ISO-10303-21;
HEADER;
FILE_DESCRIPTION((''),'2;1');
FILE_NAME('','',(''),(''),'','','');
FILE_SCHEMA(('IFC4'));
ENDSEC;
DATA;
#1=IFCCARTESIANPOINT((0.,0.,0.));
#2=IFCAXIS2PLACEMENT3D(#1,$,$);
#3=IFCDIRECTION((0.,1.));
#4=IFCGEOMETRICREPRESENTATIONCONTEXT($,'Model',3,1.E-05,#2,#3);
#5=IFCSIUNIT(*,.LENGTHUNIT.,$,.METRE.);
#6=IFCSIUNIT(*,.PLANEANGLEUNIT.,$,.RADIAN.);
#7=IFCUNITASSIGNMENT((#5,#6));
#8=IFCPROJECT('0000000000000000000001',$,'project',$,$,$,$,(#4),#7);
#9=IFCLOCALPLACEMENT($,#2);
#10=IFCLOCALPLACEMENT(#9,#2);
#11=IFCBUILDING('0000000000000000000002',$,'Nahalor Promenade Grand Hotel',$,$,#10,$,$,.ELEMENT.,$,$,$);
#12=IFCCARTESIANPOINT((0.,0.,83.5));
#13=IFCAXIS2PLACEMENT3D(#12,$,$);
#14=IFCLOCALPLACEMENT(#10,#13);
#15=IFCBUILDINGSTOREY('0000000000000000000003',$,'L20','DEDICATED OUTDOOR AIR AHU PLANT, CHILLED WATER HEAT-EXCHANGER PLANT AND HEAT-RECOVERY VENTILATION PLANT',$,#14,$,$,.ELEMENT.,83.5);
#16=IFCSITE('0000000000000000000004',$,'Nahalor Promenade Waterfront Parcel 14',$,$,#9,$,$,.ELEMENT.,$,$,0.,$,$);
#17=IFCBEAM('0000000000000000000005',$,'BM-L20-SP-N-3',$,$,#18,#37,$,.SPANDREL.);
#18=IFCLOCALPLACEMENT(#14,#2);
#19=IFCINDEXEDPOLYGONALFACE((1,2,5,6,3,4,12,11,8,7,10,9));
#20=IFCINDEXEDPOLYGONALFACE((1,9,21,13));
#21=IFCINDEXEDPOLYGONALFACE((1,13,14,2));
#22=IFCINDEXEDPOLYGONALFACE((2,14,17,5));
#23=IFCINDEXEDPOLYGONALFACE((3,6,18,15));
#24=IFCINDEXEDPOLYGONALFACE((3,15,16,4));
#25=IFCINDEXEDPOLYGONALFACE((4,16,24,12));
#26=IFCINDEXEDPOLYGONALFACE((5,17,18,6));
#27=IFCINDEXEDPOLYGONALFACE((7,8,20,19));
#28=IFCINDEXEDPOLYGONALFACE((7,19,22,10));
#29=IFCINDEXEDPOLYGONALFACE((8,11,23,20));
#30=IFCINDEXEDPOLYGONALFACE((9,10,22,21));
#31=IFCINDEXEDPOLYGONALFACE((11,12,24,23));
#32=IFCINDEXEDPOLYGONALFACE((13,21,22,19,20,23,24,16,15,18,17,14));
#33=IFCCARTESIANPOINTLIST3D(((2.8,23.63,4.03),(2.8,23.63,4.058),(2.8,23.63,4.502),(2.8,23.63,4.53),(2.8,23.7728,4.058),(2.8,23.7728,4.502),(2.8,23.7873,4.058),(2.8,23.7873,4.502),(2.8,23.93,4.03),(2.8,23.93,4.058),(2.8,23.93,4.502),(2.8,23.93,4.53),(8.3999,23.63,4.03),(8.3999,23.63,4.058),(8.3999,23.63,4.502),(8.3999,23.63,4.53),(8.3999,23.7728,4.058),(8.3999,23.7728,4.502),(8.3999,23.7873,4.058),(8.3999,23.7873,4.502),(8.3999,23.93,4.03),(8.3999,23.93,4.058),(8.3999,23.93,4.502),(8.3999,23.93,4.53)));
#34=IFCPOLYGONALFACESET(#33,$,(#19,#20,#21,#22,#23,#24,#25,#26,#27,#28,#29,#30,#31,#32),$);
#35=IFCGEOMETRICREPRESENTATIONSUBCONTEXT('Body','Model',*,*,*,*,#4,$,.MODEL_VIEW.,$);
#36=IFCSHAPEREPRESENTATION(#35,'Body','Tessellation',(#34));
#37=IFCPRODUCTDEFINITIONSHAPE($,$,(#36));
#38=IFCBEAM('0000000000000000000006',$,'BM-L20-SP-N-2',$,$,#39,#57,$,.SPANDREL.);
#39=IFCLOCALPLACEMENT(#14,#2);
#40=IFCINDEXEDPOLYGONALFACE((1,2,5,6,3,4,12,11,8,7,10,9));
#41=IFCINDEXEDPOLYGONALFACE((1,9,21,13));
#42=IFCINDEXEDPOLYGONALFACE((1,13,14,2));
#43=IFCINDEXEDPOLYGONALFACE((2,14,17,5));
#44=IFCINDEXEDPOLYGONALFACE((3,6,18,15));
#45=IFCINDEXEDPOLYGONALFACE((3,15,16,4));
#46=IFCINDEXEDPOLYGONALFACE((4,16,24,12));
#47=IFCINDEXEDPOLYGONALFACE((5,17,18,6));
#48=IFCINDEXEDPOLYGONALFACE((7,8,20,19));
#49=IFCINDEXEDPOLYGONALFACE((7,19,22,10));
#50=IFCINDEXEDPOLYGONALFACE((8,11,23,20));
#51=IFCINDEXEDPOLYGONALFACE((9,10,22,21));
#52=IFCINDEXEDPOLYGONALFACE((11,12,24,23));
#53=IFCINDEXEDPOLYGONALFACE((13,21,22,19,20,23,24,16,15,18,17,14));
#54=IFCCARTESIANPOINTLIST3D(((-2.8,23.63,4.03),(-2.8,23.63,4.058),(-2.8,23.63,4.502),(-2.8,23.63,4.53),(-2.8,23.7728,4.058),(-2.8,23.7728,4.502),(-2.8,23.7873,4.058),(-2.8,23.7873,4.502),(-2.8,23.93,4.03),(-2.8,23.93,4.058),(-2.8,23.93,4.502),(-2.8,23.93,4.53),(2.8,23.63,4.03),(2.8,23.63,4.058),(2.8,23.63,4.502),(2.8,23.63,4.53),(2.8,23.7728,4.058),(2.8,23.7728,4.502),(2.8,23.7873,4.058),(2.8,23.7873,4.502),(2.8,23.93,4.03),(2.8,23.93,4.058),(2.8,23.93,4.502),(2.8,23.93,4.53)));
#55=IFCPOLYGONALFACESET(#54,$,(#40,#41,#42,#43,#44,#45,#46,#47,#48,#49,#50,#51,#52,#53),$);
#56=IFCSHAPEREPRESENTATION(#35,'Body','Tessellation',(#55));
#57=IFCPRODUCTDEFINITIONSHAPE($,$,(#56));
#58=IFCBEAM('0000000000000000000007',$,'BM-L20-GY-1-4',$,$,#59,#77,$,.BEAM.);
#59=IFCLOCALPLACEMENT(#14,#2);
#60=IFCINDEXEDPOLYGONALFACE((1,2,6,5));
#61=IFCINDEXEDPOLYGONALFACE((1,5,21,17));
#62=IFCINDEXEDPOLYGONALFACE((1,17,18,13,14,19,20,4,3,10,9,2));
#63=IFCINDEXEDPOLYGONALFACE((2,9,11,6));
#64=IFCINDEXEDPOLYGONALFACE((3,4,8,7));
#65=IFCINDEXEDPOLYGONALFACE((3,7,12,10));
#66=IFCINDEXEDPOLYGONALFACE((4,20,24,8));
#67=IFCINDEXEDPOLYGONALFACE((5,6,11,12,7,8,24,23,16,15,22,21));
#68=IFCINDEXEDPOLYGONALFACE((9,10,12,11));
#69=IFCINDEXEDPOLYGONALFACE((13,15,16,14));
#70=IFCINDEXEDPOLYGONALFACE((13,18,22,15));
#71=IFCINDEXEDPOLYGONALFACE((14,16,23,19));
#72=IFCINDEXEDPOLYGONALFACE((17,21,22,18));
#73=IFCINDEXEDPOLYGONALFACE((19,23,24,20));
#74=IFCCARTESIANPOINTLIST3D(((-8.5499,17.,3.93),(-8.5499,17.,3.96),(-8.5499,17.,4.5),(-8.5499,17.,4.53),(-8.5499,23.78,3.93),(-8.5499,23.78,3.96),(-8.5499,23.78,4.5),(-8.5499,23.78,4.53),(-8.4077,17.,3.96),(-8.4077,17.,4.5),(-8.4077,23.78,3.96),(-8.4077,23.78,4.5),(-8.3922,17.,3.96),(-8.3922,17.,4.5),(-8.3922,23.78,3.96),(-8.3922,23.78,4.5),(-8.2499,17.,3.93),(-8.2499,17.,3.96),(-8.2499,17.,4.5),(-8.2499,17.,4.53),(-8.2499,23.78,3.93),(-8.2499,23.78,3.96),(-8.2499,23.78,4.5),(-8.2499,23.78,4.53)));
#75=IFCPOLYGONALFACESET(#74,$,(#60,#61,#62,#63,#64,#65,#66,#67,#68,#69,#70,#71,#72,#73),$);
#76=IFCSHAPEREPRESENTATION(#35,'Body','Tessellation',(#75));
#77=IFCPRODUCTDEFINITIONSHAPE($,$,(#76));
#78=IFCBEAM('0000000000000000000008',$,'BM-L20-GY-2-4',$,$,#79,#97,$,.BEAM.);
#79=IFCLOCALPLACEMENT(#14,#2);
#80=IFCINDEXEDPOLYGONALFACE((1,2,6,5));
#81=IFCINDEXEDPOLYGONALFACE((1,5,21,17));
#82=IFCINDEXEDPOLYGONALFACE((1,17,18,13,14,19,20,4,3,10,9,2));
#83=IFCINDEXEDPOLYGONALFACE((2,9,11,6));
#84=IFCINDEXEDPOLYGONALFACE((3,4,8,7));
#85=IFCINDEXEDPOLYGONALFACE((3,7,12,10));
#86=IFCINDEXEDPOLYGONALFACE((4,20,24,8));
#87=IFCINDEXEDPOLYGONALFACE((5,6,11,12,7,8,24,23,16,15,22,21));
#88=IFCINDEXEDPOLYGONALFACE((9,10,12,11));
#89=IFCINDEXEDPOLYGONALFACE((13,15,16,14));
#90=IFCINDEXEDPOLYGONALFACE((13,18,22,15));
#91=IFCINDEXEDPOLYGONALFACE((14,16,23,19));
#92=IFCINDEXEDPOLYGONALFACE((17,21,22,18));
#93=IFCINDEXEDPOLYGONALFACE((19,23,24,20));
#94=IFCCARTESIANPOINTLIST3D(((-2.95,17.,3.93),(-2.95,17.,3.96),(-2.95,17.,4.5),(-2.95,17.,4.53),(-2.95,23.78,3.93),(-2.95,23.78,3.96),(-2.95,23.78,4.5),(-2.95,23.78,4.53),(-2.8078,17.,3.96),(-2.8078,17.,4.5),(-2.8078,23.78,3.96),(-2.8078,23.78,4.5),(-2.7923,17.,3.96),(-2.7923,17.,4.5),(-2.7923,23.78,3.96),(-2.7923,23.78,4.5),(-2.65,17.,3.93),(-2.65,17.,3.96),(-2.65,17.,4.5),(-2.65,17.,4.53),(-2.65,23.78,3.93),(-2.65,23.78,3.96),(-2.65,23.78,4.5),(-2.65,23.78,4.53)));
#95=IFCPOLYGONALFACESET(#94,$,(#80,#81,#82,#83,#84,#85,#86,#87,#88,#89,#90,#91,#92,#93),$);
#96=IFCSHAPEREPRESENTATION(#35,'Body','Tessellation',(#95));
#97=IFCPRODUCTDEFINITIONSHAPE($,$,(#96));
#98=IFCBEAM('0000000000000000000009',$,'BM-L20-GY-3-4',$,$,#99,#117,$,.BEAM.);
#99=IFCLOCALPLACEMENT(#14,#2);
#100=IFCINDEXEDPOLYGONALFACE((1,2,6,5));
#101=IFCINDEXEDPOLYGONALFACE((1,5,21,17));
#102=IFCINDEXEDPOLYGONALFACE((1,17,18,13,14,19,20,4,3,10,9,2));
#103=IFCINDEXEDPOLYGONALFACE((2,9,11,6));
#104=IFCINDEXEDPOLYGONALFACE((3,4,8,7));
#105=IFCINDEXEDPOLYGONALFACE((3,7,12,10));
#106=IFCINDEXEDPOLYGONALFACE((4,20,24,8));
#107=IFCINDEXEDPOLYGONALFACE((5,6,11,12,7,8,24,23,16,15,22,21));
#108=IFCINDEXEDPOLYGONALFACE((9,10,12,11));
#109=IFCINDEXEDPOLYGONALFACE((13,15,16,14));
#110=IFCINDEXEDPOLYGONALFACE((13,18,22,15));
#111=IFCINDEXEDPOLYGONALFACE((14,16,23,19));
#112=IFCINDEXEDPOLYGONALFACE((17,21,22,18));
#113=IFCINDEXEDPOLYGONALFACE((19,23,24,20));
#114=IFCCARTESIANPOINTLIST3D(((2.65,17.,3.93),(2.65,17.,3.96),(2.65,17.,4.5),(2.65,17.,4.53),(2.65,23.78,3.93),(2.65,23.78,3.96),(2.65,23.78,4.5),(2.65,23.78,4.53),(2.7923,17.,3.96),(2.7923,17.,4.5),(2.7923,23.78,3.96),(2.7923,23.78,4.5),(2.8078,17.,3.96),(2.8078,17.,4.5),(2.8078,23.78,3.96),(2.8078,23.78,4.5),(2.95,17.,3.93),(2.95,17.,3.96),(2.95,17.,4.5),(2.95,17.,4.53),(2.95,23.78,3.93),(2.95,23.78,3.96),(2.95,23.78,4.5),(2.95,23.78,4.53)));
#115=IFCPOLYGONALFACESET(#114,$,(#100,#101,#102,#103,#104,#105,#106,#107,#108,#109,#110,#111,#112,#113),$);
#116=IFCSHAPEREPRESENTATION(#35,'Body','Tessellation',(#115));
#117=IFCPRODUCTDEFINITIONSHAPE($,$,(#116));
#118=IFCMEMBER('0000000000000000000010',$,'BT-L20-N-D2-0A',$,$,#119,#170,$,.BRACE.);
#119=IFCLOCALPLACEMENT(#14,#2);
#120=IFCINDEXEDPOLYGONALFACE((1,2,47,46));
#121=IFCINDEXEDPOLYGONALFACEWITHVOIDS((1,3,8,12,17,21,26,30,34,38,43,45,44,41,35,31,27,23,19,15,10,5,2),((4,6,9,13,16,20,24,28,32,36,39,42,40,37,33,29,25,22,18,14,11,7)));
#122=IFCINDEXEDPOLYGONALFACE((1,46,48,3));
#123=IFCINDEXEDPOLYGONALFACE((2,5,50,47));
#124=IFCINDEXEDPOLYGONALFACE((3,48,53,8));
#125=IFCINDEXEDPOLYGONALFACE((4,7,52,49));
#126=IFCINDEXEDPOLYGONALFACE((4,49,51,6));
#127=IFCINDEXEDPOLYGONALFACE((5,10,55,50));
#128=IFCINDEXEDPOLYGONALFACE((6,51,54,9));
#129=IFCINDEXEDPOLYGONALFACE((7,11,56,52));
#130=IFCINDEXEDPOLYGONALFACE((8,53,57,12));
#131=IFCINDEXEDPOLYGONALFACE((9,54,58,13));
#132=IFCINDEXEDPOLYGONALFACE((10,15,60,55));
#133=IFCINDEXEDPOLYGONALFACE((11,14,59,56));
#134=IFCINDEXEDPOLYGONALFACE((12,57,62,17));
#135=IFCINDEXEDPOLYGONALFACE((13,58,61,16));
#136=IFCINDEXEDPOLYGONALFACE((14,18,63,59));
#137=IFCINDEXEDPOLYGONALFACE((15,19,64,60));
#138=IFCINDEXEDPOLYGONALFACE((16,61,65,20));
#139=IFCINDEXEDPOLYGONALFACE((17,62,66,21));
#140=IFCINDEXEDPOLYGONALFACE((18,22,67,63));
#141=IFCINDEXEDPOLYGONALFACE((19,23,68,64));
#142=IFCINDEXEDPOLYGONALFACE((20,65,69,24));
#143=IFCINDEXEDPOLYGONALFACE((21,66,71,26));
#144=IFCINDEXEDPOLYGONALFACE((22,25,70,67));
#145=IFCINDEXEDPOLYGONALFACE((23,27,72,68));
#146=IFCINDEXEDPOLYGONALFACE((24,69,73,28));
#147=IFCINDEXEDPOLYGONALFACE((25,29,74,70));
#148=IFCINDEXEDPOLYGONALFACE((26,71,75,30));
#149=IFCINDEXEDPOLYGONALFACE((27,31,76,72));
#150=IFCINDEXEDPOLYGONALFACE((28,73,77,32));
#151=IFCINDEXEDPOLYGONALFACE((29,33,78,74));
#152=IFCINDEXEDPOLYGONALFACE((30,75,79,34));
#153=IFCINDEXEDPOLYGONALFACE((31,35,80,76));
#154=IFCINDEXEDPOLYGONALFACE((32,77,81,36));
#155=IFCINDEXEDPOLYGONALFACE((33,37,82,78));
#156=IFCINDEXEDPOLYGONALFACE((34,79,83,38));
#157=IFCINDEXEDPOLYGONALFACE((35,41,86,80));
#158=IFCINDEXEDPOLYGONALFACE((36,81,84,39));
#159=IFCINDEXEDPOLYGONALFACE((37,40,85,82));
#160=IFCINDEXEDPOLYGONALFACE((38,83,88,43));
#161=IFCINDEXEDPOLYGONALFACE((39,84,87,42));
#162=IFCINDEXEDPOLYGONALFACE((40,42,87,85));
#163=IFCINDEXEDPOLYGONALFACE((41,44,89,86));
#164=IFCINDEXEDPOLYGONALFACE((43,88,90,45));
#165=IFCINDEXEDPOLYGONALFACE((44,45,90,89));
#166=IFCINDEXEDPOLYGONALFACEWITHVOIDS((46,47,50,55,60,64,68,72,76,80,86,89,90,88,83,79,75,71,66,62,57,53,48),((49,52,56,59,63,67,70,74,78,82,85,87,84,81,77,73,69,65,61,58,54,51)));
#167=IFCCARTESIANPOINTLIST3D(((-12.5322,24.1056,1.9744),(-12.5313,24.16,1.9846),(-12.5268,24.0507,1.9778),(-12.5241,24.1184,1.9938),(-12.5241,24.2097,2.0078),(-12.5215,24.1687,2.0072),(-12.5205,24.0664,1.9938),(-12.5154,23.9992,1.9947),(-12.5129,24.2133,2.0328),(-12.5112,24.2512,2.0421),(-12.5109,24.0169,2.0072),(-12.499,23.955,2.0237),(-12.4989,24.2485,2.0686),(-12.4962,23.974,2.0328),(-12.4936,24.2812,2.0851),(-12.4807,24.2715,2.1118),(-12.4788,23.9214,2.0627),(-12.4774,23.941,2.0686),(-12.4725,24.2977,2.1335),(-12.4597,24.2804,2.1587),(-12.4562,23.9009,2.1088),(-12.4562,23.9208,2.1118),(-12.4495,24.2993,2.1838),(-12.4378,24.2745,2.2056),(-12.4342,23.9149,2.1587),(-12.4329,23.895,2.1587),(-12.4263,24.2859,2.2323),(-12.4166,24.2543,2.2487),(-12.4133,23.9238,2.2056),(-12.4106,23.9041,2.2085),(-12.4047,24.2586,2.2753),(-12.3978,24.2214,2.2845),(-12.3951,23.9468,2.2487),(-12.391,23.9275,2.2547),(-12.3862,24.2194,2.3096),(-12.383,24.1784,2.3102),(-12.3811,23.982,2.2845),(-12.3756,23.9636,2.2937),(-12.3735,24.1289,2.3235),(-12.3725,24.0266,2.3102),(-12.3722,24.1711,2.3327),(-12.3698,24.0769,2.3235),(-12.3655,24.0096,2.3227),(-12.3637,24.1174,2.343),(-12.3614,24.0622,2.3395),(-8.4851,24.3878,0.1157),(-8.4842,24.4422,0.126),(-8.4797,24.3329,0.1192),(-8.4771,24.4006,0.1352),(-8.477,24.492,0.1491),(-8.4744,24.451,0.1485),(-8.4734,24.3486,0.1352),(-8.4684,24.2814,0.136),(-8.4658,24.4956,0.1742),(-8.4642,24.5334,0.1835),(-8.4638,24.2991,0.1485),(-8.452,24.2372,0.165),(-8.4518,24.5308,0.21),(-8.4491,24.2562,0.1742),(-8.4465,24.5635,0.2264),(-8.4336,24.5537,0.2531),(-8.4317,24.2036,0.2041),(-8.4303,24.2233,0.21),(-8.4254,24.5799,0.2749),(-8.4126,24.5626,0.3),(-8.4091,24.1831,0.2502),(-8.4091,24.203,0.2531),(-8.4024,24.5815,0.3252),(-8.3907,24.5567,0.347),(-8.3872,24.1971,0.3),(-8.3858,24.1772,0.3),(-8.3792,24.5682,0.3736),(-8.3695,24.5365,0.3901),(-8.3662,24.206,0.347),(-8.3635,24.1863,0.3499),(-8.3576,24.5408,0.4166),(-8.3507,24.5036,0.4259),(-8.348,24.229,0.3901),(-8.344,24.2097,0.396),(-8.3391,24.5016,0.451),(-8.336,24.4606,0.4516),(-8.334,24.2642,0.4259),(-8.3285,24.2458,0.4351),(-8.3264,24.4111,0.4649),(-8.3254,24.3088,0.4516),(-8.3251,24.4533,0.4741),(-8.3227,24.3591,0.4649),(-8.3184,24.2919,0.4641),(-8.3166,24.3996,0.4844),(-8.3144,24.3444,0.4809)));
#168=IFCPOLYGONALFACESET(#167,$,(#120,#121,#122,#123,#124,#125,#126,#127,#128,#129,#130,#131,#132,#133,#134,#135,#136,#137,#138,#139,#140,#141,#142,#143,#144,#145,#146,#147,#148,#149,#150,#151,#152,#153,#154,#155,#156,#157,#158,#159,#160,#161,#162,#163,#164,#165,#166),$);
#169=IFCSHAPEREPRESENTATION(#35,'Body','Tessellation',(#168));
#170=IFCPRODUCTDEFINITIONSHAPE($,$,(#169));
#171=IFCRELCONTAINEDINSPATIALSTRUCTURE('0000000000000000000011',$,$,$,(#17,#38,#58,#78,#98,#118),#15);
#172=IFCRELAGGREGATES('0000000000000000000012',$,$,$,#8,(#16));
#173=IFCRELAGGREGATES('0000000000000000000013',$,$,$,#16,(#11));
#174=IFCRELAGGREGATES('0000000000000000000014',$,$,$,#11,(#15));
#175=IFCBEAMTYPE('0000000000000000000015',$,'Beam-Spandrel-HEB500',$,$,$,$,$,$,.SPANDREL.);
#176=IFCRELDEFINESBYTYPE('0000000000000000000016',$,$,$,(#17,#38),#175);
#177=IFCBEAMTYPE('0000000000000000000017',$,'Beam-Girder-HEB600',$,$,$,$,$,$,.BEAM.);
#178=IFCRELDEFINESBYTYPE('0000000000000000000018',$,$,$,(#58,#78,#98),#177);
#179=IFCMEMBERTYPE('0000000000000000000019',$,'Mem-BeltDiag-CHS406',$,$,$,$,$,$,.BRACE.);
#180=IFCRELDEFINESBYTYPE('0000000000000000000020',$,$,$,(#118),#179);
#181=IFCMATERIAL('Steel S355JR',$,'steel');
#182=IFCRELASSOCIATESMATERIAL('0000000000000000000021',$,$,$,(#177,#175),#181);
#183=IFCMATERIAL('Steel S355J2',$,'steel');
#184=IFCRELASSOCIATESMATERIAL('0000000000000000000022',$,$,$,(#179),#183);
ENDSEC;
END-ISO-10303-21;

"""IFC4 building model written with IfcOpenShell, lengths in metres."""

from ifc_helpers import new_model, si_unit, direction, frame, origin, origin_2d, place, context, subcontext, project, spatial, hollow_circle, i_section, extrude, source, transform, mapped, material, material_profile, profile_set, type_object, element, save


model = new_model("IFC4")

# Units and contexts
model_context = context("Model", 3, precision=1e-05, world=origin(), true_north=direction((0.0, 1.0)))
body_context = subcontext(model_context, "Body", "Model", "MODEL_VIEW")
ifc_project = project(units=[si_unit("LENGTHUNIT", "METRE"), si_unit("PLANEANGLEUNIT", "RADIAN")], contexts=[model_context])

# Site, building, storey
site_placement = place(None, origin())
site = spatial("IfcSite", under=ifc_project, at=site_placement, Name="Nahalor Promenade Waterfront Parcel 14", CompositionType="ELEMENT", RefElevation=0.0)
building_placement = place(site_placement, origin())
building = spatial("IfcBuilding", under=site, at=building_placement, Name="Nahalor Promenade Grand Hotel", CompositionType="ELEMENT")
storey_placement = place(building_placement, frame((0.0, 0.0, 83.5)))
storey = spatial("IfcBuildingStorey", under=building, at=storey_placement, Name="L20", Description="DEDICATED OUTDOOR AIR AHU PLANT, CHILLED WATER HEAT-EXCHANGER PLANT AND HEAT-RECOVERY VENTILATION PLANT", CompositionType="ELEMENT", Elevation=83.5)

# Shared definitions
ifc_material_1 = material(Name="Steel S355J2", Category="steel")

# Beams
ifc_material_2 = material(Name="Steel S355JR", Category="steel")
ifc_material_profile_1 = material_profile(ifc_material_2, i_section(OverallWidth=0.3, OverallDepth=0.6, WebThickness=0.0155, FlangeThickness=0.03, at=origin_2d()), Name="HEB 600")
ifc_profile_set_1 = profile_set([ifc_material_profile_1], Name="Steel S355JR")
beam_type_1 = type_object("IfcBeamType", Name="Beam-Girder-HEB600", PredefinedType="BEAM", material=ifc_profile_set_1)
ifc_material_profile_2 = material_profile(ifc_material_2, i_section(OverallWidth=0.3, OverallDepth=0.5, WebThickness=0.0145, FlangeThickness=0.028, at=origin_2d()), Name="HEB 500")
ifc_profile_set_2 = profile_set([ifc_material_profile_2], Name="Steel S355JR")
beam_type_2 = type_object("IfcBeamType", Name="Beam-Spandrel-HEB500", PredefinedType="SPANDREL", material=ifc_profile_set_2)
shared_shape_1 = source(origin(), body_context, "Body", "SweptSolid", [
    extrude(i_section(OverallWidth=0.3, OverallDepth=0.5, WebThickness=0.0145, FlangeThickness=0.028, at=origin_2d()), origin(), (0.0, 0.0, 1.0), 5.5999),
])
for number, where, z_axis, x_axis, name in (
    (1, (2.8, 23.78, 4.28), (1.0, 0.0, 0.0), (0.0, 1.0, 0.0), "BM-L20-SP-N-3"),
):
    element("IfcBeam", number, at=place(storey_placement, frame(where, z_axis=z_axis, x_axis=x_axis)), inside=storey, type_object=beam_type_2, Name=name, PredefinedType="SPANDREL", context=body_context, shape_type="MappedRepresentation", body=[
        mapped(shared_shape_1, transform((0.0, 0.0, 0.0), scale=1.0)),
    ])
shared_shape_2 = source(origin(), body_context, "Body", "SweptSolid", [
    extrude(i_section(OverallWidth=0.3, OverallDepth=0.5, WebThickness=0.0145, FlangeThickness=0.028, at=origin_2d()), origin(), (0.0, 0.0, 1.0), 5.6001),
])
beam_1_placement = place(storey_placement, frame((-2.8, 23.78, 4.28), z_axis=(1.0, 0.0, 0.0), x_axis=(0.0, 1.0, 0.0)))
element("IfcBeam", 2, at=beam_1_placement, inside=storey, type_object=beam_type_2, Name="BM-L20-SP-N-2", PredefinedType="SPANDREL", context=body_context, shape_type="MappedRepresentation", body=[
    mapped(shared_shape_2, transform((0.0, 0.0, 0.0), scale=1.0)),
])
shared_shape_3 = source(origin(), body_context, "Body", "SweptSolid", [
    extrude(i_section(OverallWidth=0.3, OverallDepth=0.6, WebThickness=0.0155, FlangeThickness=0.03, at=origin_2d()), origin(), (0.0, 0.0, 1.0), 6.78),
])
for number, where, z_axis, x_axis, name in (
    (3, (-8.3999, 17.0, 4.23), (0.0, 1.0, 0.0), (-1.0, 0.0, 0.0), "BM-L20-GY-1-4"),
    (4, (-2.8, 17.0, 4.23), (0.0, 1.0, 0.0), (-1.0, 0.0, 0.0), "BM-L20-GY-2-4"),
    (5, (2.8, 17.0, 4.23), (0.0, 1.0, 0.0), (-1.0, 0.0, 0.0), "BM-L20-GY-3-4"),
):
    element("IfcBeam", number, at=place(storey_placement, frame(where, z_axis=z_axis, x_axis=x_axis)), inside=storey, type_object=beam_type_1, Name=name, PredefinedType="BEAM", context=body_context, shape_type="MappedRepresentation", body=[
        mapped(shared_shape_3, transform((0.0, 0.0, 0.0), scale=1.0)),
    ])

# Member
ifc_material_profile_3 = material_profile(ifc_material_1, hollow_circle(Radius=0.2032, WallThickness=0.02, at=origin_2d()), Name="CHS 406.4x20")
ifc_profile_set_3 = profile_set([ifc_material_profile_3], Name="Steel S355J2")
member_type = type_object("IfcMemberType", Name="Mem-BeltDiag-CHS406", PredefinedType="BRACE", material=ifc_profile_set_3)
shared_shape_4 = source(origin(), body_context, "Body", "SweptSolid", [
    extrude(hollow_circle(Radius=0.2032, WallThickness=0.02, at=origin_2d()), origin(), (0.0, 0.0, 1.0), 4.4624),
])
member_1_placement = place(storey_placement, frame((-8.3999, 24.3799, 0.3), z_axis=(-0.906929, -0.063245, 0.416508), x_axis=(0.069566, -0.997577, 0.0)))
element("IfcMember", 6, at=member_1_placement, inside=storey, type_object=member_type, Name="BT-L20-N-D2-0A", PredefinedType="BRACE", context=body_context, shape_type="MappedRepresentation", body=[
    mapped(shared_shape_4, transform((0.0, 0.0, 0.0), scale=1.0)),
])

save(model, "model.ifc")
